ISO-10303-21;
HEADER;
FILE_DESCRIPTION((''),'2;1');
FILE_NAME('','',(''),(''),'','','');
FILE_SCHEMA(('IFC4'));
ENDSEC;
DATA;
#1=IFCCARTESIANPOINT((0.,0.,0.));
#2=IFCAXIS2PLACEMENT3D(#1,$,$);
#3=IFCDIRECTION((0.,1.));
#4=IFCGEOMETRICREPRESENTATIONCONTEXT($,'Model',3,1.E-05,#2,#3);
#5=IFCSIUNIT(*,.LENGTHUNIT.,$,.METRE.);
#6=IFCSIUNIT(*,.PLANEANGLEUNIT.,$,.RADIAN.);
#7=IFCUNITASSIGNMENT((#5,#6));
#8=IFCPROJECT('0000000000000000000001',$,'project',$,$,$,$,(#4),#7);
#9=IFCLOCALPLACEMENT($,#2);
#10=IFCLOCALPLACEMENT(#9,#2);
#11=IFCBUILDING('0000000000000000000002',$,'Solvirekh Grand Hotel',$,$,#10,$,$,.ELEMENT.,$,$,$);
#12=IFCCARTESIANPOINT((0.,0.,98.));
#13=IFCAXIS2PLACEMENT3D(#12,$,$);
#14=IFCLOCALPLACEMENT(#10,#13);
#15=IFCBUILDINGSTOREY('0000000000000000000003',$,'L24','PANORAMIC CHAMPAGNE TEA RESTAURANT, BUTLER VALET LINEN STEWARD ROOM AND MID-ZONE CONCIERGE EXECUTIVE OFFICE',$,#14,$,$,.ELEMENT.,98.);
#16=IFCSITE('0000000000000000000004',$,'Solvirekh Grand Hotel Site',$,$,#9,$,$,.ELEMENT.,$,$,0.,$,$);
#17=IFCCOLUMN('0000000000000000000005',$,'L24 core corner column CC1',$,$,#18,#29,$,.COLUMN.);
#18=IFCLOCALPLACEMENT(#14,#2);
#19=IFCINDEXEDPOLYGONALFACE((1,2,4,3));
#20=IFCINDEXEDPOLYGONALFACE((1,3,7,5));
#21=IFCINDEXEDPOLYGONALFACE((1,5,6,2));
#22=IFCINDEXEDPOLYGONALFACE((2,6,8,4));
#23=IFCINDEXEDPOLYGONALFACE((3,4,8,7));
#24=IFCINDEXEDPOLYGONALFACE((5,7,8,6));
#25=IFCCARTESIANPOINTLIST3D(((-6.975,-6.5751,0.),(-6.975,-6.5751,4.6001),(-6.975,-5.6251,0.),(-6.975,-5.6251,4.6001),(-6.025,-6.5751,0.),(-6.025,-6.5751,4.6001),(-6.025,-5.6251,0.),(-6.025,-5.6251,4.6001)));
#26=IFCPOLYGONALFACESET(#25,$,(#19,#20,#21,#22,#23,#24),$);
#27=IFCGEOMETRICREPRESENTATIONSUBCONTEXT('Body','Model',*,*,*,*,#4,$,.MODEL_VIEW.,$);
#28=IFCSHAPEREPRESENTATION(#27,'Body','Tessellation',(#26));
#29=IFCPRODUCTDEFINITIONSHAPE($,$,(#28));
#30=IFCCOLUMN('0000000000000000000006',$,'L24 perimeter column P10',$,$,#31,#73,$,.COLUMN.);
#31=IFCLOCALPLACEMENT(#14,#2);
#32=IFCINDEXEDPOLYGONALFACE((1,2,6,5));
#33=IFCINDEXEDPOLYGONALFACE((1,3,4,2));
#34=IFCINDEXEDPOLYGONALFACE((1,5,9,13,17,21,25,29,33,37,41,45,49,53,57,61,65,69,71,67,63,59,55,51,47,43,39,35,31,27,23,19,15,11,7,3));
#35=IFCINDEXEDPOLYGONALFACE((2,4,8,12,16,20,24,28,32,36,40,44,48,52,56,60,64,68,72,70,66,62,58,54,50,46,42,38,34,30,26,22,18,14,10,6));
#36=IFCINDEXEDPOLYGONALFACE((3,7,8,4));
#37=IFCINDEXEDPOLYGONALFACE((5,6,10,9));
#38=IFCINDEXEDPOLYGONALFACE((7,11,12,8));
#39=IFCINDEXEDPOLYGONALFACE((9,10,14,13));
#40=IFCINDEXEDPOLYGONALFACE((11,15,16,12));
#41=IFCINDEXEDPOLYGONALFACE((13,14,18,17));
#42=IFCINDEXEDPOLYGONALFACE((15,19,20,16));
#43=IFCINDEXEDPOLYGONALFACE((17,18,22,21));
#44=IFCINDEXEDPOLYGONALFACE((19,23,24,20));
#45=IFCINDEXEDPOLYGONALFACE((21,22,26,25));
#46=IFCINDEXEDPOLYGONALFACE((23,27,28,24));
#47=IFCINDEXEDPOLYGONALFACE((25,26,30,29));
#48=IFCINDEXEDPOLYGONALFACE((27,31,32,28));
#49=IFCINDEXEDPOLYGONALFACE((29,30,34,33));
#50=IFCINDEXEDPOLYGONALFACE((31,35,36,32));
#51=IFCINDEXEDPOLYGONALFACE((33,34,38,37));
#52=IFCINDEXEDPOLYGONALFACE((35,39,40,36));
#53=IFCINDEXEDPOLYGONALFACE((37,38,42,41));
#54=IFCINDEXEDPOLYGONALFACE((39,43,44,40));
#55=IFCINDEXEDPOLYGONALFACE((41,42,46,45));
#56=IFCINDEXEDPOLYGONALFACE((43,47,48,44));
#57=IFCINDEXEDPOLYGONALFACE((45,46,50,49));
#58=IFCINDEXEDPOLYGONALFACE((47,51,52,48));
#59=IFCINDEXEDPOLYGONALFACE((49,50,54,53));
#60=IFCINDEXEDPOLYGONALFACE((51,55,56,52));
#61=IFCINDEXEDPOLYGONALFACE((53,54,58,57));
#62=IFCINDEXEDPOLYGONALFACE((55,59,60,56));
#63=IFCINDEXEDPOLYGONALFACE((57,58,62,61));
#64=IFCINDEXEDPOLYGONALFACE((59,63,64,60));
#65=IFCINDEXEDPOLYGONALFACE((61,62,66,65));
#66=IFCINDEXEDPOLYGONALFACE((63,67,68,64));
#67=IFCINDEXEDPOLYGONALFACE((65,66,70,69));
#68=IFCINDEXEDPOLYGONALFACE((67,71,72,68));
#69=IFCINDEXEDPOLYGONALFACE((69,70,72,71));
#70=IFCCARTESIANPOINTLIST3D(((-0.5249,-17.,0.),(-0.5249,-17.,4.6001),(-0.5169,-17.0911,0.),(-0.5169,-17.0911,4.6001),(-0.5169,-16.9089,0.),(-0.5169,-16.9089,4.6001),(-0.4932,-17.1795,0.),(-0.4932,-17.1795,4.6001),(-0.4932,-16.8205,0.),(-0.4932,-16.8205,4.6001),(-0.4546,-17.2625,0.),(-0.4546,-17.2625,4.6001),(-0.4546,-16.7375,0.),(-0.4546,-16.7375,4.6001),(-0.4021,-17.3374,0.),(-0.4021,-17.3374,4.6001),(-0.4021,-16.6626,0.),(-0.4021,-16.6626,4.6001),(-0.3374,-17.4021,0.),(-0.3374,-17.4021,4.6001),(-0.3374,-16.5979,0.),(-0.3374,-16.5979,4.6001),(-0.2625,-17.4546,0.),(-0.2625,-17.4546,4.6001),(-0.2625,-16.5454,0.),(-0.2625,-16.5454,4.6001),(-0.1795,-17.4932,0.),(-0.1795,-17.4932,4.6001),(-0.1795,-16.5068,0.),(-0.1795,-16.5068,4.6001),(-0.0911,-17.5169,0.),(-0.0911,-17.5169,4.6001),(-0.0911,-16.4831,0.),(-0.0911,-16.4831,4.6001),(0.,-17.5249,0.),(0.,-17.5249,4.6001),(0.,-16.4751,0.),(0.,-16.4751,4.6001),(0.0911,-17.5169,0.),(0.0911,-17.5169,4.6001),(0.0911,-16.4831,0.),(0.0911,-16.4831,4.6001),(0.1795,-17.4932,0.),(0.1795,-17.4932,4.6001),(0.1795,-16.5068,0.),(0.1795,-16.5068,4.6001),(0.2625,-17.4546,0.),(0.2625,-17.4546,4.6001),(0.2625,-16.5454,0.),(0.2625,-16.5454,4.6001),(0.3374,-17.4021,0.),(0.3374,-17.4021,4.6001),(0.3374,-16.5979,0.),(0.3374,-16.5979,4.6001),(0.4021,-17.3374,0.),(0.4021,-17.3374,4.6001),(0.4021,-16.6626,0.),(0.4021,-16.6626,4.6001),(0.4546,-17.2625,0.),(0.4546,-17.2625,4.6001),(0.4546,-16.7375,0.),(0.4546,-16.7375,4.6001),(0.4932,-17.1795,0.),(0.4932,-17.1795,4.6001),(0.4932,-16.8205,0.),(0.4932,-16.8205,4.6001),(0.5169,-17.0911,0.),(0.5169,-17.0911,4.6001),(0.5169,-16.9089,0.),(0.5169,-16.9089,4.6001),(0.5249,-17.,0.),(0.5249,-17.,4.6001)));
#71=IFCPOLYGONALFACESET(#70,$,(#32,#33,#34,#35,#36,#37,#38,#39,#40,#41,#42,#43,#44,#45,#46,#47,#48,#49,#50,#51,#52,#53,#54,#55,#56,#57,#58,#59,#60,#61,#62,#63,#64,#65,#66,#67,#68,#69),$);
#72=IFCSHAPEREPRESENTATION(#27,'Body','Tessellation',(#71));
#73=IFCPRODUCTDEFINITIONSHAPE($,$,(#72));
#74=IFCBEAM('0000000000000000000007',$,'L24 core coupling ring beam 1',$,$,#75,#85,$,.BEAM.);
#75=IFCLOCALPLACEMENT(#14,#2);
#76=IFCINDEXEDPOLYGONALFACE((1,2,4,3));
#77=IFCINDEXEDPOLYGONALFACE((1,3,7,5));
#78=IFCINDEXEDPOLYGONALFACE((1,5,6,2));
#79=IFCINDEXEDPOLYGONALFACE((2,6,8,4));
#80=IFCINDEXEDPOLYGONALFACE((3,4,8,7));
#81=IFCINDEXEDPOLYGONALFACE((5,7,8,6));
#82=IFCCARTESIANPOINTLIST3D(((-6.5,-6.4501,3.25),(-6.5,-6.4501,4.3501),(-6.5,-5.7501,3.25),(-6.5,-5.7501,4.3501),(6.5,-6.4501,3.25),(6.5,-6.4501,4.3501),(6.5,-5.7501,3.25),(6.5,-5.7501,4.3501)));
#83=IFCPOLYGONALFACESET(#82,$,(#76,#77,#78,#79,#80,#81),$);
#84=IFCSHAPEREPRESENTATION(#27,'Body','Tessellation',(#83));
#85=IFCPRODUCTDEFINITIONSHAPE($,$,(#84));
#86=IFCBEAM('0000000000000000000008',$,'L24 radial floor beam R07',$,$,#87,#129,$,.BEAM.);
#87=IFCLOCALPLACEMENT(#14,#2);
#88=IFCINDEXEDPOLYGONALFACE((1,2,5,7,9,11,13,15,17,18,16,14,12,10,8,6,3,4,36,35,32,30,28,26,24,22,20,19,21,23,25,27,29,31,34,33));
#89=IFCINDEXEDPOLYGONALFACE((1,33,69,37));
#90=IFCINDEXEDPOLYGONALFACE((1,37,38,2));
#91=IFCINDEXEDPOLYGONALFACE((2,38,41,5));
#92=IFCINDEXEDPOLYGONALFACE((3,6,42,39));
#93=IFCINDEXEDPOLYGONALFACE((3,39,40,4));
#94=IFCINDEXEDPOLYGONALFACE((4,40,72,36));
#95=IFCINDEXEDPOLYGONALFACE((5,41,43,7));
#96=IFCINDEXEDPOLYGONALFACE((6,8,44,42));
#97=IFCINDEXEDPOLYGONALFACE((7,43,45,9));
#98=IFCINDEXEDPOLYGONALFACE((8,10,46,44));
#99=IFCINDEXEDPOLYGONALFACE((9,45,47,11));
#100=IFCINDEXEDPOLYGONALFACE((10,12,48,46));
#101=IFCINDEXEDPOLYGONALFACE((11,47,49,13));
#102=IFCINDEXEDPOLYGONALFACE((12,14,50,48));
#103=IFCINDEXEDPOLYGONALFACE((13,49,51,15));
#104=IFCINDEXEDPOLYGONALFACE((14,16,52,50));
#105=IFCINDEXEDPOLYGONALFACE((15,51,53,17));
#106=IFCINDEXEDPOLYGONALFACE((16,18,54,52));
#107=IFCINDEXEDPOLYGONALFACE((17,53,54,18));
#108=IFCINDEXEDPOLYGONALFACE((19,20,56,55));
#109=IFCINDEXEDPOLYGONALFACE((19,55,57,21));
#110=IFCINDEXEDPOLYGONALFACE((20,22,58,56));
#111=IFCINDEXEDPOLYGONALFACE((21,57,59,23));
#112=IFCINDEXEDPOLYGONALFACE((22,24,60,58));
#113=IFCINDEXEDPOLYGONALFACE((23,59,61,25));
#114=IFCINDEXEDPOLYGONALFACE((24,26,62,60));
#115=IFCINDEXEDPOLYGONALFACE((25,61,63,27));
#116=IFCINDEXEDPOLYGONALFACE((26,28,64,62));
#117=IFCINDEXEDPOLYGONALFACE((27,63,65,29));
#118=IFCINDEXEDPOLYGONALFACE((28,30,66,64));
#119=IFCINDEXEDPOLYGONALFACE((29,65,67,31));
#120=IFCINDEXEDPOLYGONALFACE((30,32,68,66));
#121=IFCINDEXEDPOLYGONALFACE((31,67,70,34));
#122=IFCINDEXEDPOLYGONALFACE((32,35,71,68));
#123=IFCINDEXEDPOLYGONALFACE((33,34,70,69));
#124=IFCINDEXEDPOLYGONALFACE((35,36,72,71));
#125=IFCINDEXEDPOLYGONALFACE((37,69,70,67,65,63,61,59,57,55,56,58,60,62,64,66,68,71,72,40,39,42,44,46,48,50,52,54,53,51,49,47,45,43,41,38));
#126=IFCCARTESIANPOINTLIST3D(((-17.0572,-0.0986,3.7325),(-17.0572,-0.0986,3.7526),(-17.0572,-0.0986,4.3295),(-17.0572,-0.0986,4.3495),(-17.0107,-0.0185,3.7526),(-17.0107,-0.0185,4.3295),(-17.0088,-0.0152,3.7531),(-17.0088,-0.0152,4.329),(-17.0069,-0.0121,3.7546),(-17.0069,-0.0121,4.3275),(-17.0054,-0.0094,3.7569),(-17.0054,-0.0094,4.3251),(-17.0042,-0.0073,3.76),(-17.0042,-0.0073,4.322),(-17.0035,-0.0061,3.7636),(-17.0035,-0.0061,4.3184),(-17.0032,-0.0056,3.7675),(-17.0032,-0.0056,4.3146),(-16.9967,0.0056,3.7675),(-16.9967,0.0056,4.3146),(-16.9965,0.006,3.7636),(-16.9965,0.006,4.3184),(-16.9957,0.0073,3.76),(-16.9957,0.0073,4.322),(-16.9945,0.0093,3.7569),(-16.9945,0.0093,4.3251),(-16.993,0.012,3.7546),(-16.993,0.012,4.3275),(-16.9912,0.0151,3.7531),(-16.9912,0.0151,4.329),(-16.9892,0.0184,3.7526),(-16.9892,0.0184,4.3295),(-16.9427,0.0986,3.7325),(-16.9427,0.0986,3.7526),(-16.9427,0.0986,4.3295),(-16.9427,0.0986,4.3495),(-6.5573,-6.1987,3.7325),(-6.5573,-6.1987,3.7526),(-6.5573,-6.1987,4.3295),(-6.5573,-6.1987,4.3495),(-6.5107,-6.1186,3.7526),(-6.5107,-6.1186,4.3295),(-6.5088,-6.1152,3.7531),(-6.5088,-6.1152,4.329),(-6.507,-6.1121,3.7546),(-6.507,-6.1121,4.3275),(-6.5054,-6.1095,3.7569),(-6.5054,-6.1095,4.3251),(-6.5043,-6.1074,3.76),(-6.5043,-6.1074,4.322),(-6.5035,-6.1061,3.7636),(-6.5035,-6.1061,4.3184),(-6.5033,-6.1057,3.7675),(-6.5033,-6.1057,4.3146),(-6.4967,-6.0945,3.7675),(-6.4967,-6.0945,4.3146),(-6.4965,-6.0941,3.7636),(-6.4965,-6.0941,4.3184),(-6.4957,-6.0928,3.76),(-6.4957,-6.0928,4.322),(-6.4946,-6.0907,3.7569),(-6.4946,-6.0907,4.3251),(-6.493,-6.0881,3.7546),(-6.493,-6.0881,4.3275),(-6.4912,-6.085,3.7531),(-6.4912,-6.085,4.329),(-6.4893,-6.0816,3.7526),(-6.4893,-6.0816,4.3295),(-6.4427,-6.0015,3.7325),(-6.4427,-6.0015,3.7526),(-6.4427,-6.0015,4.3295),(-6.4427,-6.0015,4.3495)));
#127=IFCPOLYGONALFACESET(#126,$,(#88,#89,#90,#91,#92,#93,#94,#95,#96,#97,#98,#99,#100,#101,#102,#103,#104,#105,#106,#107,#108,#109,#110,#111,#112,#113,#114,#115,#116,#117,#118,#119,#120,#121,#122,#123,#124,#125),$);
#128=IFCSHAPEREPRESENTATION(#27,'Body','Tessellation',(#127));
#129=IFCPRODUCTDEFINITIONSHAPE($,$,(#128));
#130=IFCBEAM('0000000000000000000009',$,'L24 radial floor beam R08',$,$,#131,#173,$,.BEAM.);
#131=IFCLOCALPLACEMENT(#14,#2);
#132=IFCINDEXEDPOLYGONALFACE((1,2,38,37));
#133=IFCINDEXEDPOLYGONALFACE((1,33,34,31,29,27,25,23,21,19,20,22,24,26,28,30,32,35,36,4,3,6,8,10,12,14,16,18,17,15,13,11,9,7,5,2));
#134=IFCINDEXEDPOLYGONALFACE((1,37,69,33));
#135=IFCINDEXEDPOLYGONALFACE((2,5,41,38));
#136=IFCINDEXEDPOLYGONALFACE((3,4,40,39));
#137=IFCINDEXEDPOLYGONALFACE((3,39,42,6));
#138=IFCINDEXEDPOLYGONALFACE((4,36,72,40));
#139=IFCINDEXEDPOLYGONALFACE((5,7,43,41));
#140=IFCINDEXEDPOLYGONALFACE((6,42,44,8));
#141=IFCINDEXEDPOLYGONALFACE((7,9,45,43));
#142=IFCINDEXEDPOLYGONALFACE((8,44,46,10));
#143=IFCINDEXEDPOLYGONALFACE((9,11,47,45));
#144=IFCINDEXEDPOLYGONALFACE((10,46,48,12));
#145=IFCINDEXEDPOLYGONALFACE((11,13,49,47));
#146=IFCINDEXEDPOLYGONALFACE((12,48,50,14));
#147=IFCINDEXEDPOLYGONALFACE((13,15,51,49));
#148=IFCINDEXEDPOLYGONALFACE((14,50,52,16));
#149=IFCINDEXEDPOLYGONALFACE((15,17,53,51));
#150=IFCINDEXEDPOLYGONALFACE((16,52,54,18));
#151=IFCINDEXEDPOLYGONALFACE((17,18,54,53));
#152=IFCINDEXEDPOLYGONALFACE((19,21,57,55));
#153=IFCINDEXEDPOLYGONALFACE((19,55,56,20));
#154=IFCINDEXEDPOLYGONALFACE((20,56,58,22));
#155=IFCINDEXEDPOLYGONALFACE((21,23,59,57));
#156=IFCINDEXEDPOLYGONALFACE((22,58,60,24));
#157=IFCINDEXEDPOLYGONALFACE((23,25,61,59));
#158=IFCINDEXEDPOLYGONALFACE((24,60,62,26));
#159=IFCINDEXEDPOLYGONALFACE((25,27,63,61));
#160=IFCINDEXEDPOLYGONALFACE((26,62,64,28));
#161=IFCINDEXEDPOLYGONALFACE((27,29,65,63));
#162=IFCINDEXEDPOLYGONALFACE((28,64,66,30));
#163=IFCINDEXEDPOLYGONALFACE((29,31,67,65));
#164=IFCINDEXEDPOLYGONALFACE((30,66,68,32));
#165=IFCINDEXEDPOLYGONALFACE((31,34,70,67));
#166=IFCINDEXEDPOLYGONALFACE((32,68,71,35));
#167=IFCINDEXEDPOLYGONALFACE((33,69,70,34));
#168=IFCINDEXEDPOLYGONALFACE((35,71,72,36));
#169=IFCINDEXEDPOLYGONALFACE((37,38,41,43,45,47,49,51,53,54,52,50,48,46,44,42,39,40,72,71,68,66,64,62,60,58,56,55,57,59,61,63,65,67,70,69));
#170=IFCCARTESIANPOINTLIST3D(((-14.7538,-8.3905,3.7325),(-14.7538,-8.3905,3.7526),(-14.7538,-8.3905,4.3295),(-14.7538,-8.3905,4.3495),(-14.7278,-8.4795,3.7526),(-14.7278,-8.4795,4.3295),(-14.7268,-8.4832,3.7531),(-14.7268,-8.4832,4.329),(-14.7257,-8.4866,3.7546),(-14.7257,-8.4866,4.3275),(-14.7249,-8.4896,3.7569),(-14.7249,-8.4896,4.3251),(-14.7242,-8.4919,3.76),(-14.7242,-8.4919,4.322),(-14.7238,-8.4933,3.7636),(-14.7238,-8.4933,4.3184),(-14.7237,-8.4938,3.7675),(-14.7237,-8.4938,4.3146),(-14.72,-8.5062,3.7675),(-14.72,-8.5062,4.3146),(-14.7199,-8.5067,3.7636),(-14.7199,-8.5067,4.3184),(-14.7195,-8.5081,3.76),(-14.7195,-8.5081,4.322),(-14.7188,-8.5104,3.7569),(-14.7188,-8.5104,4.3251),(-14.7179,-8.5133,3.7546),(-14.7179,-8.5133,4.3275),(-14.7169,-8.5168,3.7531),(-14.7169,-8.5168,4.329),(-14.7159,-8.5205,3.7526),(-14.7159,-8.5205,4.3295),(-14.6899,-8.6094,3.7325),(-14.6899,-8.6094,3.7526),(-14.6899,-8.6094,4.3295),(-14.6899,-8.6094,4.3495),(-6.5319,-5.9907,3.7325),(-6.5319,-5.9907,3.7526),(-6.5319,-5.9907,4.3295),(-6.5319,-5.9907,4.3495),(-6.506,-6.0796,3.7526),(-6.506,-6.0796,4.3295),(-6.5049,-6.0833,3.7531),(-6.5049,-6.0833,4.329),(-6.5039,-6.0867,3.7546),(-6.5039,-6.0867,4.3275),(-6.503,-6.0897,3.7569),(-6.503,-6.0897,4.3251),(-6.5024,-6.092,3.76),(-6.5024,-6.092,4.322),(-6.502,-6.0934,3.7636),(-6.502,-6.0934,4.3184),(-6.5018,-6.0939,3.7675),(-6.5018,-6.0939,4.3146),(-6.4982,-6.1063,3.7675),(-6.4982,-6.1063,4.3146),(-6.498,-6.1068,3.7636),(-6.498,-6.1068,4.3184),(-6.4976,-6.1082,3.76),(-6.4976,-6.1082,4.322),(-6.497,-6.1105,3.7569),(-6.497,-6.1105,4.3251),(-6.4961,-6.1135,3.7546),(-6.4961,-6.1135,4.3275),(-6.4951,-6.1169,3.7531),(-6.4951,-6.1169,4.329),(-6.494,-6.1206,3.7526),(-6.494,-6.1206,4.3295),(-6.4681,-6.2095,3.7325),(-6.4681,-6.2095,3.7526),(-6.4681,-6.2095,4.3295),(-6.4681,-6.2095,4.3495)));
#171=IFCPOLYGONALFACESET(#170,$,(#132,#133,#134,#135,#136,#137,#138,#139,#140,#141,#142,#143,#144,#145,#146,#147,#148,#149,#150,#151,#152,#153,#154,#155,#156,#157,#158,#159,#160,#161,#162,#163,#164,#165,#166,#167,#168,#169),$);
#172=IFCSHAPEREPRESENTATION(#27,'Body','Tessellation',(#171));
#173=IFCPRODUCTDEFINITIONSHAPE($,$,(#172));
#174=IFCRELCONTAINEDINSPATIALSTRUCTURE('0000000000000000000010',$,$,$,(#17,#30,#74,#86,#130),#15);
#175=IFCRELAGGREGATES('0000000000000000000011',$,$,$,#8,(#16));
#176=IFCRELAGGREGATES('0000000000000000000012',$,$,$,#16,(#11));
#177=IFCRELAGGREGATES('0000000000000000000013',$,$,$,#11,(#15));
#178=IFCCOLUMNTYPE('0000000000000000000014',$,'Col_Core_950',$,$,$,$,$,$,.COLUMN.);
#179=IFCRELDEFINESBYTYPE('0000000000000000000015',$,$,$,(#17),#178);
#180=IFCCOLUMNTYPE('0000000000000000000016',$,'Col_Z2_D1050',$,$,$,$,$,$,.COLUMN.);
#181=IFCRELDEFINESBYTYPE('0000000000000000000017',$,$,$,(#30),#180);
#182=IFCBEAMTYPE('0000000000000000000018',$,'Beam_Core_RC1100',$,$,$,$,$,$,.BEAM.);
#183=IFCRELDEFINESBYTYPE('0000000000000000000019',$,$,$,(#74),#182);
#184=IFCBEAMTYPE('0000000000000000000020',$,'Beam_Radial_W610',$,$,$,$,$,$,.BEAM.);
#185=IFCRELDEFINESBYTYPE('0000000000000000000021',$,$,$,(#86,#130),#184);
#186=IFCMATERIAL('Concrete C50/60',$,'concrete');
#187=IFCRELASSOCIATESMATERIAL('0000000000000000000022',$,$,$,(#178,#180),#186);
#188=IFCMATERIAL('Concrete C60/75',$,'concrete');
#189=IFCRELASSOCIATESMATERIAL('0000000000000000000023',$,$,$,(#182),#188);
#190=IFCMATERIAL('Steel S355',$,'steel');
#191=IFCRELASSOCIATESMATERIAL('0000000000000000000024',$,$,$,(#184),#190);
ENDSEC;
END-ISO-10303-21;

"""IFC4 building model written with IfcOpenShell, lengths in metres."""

from ifc_helpers import new_model, si_unit, direction, frame, origin, origin_2d, place, context, subcontext, project, spatial, rectangle, circle, i_section, extrude, material, material_profile, profile_set, type_object, element, save


model = new_model("IFC4")

# Units and contexts
model_context = context("Model", 3, precision=1e-05, world=origin(), true_north=direction((0.0, 1.0)))
body_context = subcontext(model_context, "Body", "Model", "MODEL_VIEW")
ifc_project = project(units=[si_unit("LENGTHUNIT", "METRE"), si_unit("PLANEANGLEUNIT", "RADIAN")], contexts=[model_context])

# Site, building, storey
site_placement = place(None, origin())
site = spatial("IfcSite", under=ifc_project, at=site_placement, Name="Solvirekh Grand Hotel Site", CompositionType="ELEMENT", RefElevation=0.0)
building_placement = place(site_placement, origin())
building = spatial("IfcBuilding", under=site, at=building_placement, Name="Solvirekh Grand Hotel", CompositionType="ELEMENT")
storey_placement = place(building_placement, frame((0.0, 0.0, 98.0)))
storey = spatial("IfcBuildingStorey", under=building, at=storey_placement, Name="L24", Description="PANORAMIC CHAMPAGNE TEA RESTAURANT, BUTLER VALET LINEN STEWARD ROOM AND MID-ZONE CONCIERGE EXECUTIVE OFFICE", CompositionType="ELEMENT", Elevation=98.0)

# Columns
ifc_material_1 = material(Name="Concrete C50/60", Category="concrete")
ifc_material_profile_1 = material_profile(ifc_material_1, rectangle(XDim=0.95, YDim=0.95, at=origin_2d()), Name="RC 950X950")
ifc_profile_set_1 = profile_set([ifc_material_profile_1], Name="Concrete C50/60")
column_type_1 = type_object("IfcColumnType", Name="Col_Core_950", PredefinedType="COLUMN", material=ifc_profile_set_1)
column_1_placement = place(storey_placement, frame((-6.5, -6.1001, 0.0), z_axis=(0.0, 0.0, 1.0), x_axis=(1.0, 0.0, 0.0)))
element("IfcColumn", 1, at=column_1_placement, inside=storey, type_object=column_type_1, Name="L24 core corner column CC1", PredefinedType="COLUMN", context=body_context, shape_type="SweptSolid", body=[
    extrude(rectangle(XDim=0.95, YDim=0.95, at=origin_2d()), origin(), (0.0, 0.0, 1.0), 4.6001),
])
ifc_material_profile_2 = material_profile(ifc_material_1, circle(Radius=0.5249, at=origin_2d()), Name="RC CIRC D1050")
ifc_profile_set_2 = profile_set([ifc_material_profile_2], Name="Concrete C50/60")
column_type_2 = type_object("IfcColumnType", Name="Col_Z2_D1050", PredefinedType="COLUMN", material=ifc_profile_set_2)
column_2_placement = place(storey_placement, frame((0.0, -17.0, 0.0), z_axis=(0.0, 0.0, 1.0), x_axis=(1.0, 0.0, 0.0)))
element("IfcColumn", 2, at=column_2_placement, inside=storey, type_object=column_type_2, Name="L24 perimeter column P10", PredefinedType="COLUMN", context=body_context, shape_type="SweptSolid", body=[
    extrude(circle(Radius=0.5249, at=origin_2d()), origin(), (0.0, 0.0, 1.0), 4.6001),
])

# Beams
ifc_material_2 = material(Name="Concrete C60/75", Category="concrete")
ifc_material_profile_3 = material_profile(ifc_material_2, rectangle(XDim=0.7, YDim=1.1001, at=origin_2d()), Name="RC BEAM 700X1100")
ifc_profile_set_3 = profile_set([ifc_material_profile_3], Name="Concrete C60/75")
beam_type_1 = type_object("IfcBeamType", Name="Beam_Core_RC1100", PredefinedType="BEAM", material=ifc_profile_set_3)
beam_1_placement = place(storey_placement, frame((-6.5, -6.1001, 3.8), z_axis=(1.0, 0.0, 0.0), x_axis=(0.0, 1.0, 0.0)))
element("IfcBeam", 3, at=beam_1_placement, inside=storey, type_object=beam_type_1, Name="L24 core coupling ring beam 1", PredefinedType="BEAM", context=body_context, shape_type="SweptSolid", body=[
    extrude(rectangle(XDim=0.7, YDim=1.1001, at=origin_2d()), origin(), (0.0, 0.0, 1.0), 13.0),
])
ifc_material_3 = material(Name="Steel S355", Category="steel")
ifc_material_profile_4 = material_profile(ifc_material_3, i_section(OverallWidth=0.228, OverallDepth=0.6169, WebThickness=0.0129, FlangeThickness=0.02, FilletRadius=0.0149, at=origin_2d()), Name="W610X140")
ifc_profile_set_4 = profile_set([ifc_material_profile_4], Name="Steel S355")
beam_type_2 = type_object("IfcBeamType", Name="Beam_Radial_W610", PredefinedType="BEAM", material=ifc_profile_set_4)
beam_2_placement = place(storey_placement, frame((-6.5, -6.1001, 4.041), z_axis=(-0.86467, 0.50234, 0.0), x_axis=(-0.50234, -0.86467, 0.0)))
element("IfcBeam", 4, at=beam_2_placement, inside=storey, type_object=beam_type_2, Name="L24 radial floor beam R07", PredefinedType="BEAM", context=body_context, shape_type="SweptSolid", body=[
    extrude(i_section(OverallWidth=0.228, OverallDepth=0.6169, WebThickness=0.0129, FlangeThickness=0.02, FilletRadius=0.0149, at=origin_2d()), origin(), (0.0, 0.0, 1.0), 12.1433),
])
beam_3_placement = place(storey_placement, frame((-6.5, -6.1001, 4.041), z_axis=(-0.959942, -0.280198, 0.0), x_axis=(0.280198, -0.959942, 0.0)))
element("IfcBeam", 5, at=beam_3_placement, inside=storey, type_object=beam_type_2, Name="L24 radial floor beam R08", PredefinedType="BEAM", context=body_context, shape_type="SweptSolid", body=[
    extrude(i_section(OverallWidth=0.228, OverallDepth=0.6169, WebThickness=0.0129, FlangeThickness=0.02, FilletRadius=0.0149, at=origin_2d()), origin(), (0.0, 0.0, 1.0), 8.5649),
])

save(model, "model.ifc")
